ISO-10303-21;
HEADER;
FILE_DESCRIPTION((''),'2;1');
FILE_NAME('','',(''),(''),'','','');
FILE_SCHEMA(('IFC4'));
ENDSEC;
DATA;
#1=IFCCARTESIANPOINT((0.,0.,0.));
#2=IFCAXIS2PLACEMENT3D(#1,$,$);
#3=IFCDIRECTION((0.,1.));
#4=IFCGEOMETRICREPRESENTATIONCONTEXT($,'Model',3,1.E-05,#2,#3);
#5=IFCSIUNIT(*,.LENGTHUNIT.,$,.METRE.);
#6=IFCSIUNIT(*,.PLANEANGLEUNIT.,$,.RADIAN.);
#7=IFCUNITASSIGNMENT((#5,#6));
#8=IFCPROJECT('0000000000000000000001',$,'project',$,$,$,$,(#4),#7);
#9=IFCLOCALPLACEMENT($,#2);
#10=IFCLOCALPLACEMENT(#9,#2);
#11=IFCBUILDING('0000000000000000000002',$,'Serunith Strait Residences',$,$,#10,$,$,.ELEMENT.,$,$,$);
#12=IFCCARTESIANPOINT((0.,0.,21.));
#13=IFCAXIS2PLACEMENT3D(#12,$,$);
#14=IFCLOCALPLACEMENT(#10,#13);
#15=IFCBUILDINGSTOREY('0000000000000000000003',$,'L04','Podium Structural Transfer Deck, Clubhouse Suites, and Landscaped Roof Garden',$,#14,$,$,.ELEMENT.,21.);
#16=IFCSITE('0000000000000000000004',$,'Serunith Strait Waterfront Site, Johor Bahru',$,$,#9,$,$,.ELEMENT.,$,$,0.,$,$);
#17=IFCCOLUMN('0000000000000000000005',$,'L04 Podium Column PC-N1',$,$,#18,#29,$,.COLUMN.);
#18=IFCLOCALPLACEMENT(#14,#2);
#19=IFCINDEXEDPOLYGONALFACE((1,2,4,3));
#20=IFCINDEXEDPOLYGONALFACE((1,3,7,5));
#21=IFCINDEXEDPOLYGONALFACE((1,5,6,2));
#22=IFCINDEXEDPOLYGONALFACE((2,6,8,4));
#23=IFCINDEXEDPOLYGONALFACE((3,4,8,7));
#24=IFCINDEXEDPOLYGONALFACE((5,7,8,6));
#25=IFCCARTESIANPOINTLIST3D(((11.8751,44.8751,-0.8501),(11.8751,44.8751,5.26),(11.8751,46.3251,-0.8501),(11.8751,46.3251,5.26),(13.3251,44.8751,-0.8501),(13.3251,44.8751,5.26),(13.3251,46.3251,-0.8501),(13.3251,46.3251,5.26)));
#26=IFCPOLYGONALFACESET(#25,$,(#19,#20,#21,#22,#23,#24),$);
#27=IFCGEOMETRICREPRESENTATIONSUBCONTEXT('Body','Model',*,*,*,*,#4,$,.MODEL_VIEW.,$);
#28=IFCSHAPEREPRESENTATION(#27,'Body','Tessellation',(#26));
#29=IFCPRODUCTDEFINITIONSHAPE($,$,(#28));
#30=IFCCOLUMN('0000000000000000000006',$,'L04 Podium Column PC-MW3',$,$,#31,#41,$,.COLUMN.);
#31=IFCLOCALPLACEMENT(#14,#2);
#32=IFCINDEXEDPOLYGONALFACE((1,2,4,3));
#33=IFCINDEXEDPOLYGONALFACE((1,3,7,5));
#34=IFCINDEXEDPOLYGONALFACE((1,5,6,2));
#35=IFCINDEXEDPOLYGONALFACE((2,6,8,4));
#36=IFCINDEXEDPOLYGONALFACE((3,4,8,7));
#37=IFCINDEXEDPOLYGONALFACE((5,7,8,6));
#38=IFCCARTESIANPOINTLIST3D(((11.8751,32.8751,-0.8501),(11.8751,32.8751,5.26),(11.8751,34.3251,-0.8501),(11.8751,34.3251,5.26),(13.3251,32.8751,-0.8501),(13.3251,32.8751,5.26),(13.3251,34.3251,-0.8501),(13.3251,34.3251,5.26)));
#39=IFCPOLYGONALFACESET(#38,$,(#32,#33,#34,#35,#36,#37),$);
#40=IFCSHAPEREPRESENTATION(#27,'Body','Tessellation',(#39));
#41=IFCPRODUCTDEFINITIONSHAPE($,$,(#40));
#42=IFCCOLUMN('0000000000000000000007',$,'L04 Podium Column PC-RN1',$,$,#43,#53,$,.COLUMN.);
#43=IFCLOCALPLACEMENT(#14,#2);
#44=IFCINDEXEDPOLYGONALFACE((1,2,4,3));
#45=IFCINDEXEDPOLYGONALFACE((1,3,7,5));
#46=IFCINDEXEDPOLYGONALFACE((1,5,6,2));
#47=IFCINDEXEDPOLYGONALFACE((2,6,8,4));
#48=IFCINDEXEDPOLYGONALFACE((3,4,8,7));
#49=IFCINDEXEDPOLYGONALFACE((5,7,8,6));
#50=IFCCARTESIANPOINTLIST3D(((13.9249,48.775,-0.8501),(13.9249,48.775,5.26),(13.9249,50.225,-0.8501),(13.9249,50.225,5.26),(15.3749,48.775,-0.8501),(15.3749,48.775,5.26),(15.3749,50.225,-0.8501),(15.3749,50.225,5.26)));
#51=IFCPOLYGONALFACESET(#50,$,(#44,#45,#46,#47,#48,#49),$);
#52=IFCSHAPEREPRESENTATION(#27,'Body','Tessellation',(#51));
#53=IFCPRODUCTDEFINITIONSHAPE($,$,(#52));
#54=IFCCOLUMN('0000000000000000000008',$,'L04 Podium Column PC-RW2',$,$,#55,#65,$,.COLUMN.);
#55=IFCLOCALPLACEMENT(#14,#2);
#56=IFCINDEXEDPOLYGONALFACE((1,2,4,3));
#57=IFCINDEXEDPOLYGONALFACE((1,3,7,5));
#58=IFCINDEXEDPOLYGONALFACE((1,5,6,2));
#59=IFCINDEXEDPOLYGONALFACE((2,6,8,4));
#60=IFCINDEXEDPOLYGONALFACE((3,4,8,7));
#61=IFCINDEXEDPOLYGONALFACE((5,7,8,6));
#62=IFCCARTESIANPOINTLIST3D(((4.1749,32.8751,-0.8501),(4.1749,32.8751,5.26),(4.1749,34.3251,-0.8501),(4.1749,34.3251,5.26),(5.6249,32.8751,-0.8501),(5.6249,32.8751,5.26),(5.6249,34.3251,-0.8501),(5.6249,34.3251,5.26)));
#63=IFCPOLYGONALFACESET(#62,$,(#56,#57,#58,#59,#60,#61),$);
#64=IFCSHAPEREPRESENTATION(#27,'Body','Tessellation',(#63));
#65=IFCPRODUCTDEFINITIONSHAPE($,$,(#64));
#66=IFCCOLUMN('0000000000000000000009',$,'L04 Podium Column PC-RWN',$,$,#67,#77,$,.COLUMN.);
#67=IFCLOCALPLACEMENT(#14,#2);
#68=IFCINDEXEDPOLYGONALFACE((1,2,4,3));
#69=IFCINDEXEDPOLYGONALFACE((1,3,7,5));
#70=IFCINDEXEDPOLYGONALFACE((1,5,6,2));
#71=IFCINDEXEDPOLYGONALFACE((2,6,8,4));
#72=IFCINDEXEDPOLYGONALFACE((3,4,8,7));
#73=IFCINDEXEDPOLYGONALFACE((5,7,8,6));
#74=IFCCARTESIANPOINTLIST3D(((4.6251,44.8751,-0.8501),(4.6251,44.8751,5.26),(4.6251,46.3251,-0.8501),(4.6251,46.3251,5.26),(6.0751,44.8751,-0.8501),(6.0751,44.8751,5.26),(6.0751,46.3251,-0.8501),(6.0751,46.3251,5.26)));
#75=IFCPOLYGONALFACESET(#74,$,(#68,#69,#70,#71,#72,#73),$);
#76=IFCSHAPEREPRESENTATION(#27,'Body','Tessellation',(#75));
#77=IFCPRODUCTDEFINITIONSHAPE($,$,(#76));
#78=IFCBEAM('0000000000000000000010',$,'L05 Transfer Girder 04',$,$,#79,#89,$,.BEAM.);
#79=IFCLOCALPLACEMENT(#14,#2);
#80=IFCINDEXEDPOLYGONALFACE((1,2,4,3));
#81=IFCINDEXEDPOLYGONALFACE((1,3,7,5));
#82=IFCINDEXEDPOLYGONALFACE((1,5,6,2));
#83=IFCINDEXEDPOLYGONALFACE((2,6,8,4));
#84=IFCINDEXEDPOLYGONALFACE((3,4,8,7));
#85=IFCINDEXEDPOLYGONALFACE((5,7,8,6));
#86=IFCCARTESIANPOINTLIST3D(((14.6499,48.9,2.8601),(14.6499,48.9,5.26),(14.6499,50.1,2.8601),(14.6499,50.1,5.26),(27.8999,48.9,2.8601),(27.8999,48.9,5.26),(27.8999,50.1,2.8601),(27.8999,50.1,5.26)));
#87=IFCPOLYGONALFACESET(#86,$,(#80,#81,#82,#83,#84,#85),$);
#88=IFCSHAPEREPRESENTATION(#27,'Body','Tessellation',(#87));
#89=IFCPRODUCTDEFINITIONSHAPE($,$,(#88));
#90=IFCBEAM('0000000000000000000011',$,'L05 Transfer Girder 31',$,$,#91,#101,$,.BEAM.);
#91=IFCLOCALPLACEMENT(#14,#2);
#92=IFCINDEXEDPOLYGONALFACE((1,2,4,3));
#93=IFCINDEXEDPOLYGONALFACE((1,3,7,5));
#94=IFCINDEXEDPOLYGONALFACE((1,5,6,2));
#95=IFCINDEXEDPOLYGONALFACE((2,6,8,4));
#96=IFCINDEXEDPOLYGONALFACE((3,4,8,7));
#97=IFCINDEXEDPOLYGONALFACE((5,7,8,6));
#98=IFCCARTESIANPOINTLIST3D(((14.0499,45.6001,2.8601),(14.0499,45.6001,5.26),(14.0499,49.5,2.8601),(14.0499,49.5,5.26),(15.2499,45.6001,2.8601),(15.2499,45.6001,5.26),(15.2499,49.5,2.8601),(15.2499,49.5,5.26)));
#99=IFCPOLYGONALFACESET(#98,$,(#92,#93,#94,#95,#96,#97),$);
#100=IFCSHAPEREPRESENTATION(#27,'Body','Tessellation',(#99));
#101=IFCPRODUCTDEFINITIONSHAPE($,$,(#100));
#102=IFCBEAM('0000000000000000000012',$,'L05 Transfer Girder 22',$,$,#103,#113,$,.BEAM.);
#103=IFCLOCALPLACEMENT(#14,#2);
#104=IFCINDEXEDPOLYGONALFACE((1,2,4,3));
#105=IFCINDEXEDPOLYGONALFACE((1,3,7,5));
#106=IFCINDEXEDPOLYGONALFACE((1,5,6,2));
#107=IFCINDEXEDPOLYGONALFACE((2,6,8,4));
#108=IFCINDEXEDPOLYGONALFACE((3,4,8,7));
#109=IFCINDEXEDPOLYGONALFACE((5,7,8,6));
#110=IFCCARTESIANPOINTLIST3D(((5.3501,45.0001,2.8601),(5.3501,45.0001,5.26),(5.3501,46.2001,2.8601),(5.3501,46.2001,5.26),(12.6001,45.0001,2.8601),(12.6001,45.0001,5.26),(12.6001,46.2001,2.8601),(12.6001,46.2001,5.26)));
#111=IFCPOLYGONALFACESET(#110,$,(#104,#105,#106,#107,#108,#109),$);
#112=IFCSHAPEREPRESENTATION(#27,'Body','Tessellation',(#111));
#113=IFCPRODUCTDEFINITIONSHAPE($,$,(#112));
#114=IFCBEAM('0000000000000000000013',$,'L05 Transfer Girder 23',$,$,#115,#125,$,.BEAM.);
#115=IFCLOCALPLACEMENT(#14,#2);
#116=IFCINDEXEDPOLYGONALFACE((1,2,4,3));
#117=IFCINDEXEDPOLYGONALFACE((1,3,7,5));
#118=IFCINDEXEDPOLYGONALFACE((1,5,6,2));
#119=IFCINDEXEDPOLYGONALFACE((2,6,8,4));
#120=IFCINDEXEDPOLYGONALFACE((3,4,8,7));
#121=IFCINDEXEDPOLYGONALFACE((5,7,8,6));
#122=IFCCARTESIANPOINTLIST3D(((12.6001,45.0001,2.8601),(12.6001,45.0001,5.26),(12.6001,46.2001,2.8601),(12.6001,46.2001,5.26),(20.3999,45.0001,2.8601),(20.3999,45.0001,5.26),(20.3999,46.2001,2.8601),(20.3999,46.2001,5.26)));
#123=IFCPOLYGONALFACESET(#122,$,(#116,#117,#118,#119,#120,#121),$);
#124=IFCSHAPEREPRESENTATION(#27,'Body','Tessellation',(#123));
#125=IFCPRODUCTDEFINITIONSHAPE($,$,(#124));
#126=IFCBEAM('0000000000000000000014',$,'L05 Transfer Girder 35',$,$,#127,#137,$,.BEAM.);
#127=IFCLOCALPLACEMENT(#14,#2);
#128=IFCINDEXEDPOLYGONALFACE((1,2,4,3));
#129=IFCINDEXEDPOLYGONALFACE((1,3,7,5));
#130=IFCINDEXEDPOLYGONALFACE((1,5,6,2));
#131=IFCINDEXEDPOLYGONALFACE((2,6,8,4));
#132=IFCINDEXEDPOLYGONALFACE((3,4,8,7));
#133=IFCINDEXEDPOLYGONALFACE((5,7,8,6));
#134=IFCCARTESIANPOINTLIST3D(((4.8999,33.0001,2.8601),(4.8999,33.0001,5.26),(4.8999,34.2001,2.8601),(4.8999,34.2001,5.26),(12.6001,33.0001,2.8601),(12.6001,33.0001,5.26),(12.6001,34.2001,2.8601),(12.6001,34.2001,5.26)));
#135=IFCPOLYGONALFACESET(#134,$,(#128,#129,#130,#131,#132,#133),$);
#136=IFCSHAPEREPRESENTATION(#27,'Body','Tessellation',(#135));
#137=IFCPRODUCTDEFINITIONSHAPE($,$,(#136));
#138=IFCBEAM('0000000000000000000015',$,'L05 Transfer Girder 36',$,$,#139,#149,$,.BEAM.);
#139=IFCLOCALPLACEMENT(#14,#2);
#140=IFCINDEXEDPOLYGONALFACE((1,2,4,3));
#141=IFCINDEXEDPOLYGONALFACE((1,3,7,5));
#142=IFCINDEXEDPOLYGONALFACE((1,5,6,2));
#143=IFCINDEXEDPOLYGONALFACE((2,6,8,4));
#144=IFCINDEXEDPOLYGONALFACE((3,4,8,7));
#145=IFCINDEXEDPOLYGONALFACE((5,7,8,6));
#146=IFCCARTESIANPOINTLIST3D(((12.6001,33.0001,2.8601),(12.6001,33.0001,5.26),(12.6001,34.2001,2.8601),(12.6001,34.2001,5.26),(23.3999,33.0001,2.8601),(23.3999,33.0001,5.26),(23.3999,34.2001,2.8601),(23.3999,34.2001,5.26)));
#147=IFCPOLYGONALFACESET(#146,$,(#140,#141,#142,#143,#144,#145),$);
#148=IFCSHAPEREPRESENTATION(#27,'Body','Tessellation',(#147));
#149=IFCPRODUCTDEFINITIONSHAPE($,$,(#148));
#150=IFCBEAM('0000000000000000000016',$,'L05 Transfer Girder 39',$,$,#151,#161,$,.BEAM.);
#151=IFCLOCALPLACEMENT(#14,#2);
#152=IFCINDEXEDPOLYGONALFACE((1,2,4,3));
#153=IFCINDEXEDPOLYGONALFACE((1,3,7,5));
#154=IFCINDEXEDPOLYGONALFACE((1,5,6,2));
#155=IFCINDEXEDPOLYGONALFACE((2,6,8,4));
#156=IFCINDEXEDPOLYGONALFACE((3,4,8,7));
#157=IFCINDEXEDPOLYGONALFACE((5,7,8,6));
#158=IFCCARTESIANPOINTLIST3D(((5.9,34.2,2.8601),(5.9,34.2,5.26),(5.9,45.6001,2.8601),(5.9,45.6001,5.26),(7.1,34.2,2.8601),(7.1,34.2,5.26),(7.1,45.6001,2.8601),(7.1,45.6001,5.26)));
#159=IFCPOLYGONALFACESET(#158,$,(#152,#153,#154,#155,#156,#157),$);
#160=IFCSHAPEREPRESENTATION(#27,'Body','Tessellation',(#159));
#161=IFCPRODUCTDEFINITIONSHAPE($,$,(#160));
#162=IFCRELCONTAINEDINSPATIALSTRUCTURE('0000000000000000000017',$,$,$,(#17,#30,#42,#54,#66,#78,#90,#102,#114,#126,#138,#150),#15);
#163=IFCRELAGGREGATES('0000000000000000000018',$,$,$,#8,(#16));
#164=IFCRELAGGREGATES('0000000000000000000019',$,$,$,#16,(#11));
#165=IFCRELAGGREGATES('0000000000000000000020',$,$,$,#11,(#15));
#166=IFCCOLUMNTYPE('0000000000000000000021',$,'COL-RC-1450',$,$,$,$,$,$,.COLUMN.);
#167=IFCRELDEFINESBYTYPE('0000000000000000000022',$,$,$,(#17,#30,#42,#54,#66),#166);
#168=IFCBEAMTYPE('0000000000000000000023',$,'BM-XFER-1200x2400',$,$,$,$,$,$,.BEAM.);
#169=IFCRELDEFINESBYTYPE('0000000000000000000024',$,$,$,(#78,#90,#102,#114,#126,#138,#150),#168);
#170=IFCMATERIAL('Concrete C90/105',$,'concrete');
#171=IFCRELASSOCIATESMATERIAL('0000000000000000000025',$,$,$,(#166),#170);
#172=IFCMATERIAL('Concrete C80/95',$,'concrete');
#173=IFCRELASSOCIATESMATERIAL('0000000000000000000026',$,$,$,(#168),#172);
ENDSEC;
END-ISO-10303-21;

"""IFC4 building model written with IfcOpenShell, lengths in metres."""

from ifc_helpers import new_model, si_unit, direction, frame, origin, origin_2d, place, context, subcontext, project, spatial, rectangle, extrude, source, transform, mapped, material, material_profile, profile_set, type_object, element, save


model = new_model("IFC4")

# Units and contexts
model_context = context("Model", 3, precision=1e-05, world=origin(), true_north=direction((0.0, 1.0)))
body_context = subcontext(model_context, "Body", "Model", "MODEL_VIEW")
ifc_project = project(units=[si_unit("LENGTHUNIT", "METRE"), si_unit("PLANEANGLEUNIT", "RADIAN")], contexts=[model_context])

# Site, building, storey
site_placement = place(None, origin())
site = spatial("IfcSite", under=ifc_project, at=site_placement, Name="Serunith Strait Waterfront Site, Johor Bahru", CompositionType="ELEMENT", RefElevation=0.0)
building_placement = place(site_placement, origin())
building = spatial("IfcBuilding", under=site, at=building_placement, Name="Serunith Strait Residences", CompositionType="ELEMENT")
storey_placement = place(building_placement, frame((0.0, 0.0, 21.0)))
storey = spatial("IfcBuildingStorey", under=building, at=storey_placement, Name="L04", Description="Podium Structural Transfer Deck, Clubhouse Suites, and Landscaped Roof Garden", CompositionType="ELEMENT", Elevation=21.0)

# Columns
ifc_material_1 = material(Name="Concrete C90/105", Category="concrete")
ifc_material_profile_1 = material_profile(ifc_material_1, rectangle(XDim=1.45, YDim=1.45, at=origin_2d()), Name="RC 1450x1450")
ifc_profile_set_1 = profile_set([ifc_material_profile_1], Name="Concrete C90/105")
column_type = type_object("IfcColumnType", Name="COL-RC-1450", PredefinedType="COLUMN", material=ifc_profile_set_1)
shared_shape_1 = source(origin(), body_context, "Body", "SweptSolid", [
    extrude(rectangle(XDim=1.45, YDim=1.45, at=origin_2d()), origin(), (0.0, 0.0, 1.0), 6.1101),
])
for number, where, z_axis, x_axis, name in (
    (1, (12.6001, 45.6001, -0.8501), (0.0, 0.0, 1.0), (1.0, 0.0, 0.0), "L04 Podium Column PC-N1"),
    (2, (12.6001, 33.6001, -0.8501), (0.0, 0.0, 1.0), (1.0, 0.0, 0.0), "L04 Podium Column PC-MW3"),
    (3, (14.6499, 49.5, -0.8501), (0.0, 0.0, 1.0), (1.0, 0.0, 0.0), "L04 Podium Column PC-RN1"),
    (4, (4.8999, 33.6001, -0.8501), (0.0, 0.0, 1.0), (1.0, 0.0, 0.0), "L04 Podium Column PC-RW2"),
    (5, (5.3501, 45.6001, -0.8501), (0.0, 0.0, 1.0), (1.0, 0.0, 0.0), "L04 Podium Column PC-RWN"),
):
    element("IfcColumn", number, at=place(storey_placement, frame(where, z_axis=z_axis, x_axis=x_axis)), inside=storey, type_object=column_type, Name=name, PredefinedType="COLUMN", context=body_context, shape_type="MappedRepresentation", body=[
        mapped(shared_shape_1, transform((0.0, 0.0, 0.0), scale=1.0)),
    ])

# Beams
ifc_material_2 = material(Name="Concrete C80/95", Category="concrete")
ifc_material_profile_2 = material_profile(ifc_material_2, rectangle(XDim=1.2, YDim=2.3999, at=origin_2d()), Name="RC 1200x2400")
ifc_profile_set_2 = profile_set([ifc_material_profile_2], Name="Concrete C80/95")
beam_type = type_object("IfcBeamType", Name="BM-XFER-1200x2400", PredefinedType="BEAM", material=ifc_profile_set_2)
shared_shape_2 = source(origin(), body_context, "Body", "SweptSolid", [
    extrude(rectangle(XDim=1.2, YDim=2.3999, at=origin_2d()), origin(), (0.0, 0.0, 1.0), 13.25),
])
beam_1_placement = place(storey_placement, frame((14.6499, 49.5, 4.0601), z_axis=(1.0, 0.0, 0.0), x_axis=(0.0, 1.0, 0.0)))
element("IfcBeam", 6, at=beam_1_placement, inside=storey, type_object=beam_type, Name="L05 Transfer Girder 04", PredefinedType="BEAM", context=body_context, shape_type="MappedRepresentation", body=[
    mapped(shared_shape_2, transform((0.0, 0.0, 0.0), scale=1.0)),
])
shared_shape_3 = source(origin(), body_context, "Body", "SweptSolid", [
    extrude(rectangle(XDim=1.2, YDim=2.3999, at=origin_2d()), origin(), (0.0, 0.0, 1.0), 3.8999),
])
beam_2_placement = place(storey_placement, frame((14.6499, 45.6001, 4.0601), z_axis=(0.0, 1.0, 0.0), x_axis=(-1.0, 0.0, 0.0)))
element("IfcBeam", 7, at=beam_2_placement, inside=storey, type_object=beam_type, Name="L05 Transfer Girder 31", PredefinedType="BEAM", context=body_context, shape_type="MappedRepresentation", body=[
    mapped(shared_shape_3, transform((0.0, 0.0, 0.0), scale=1.0)),
])
shared_shape_4 = source(origin(), body_context, "Body", "SweptSolid", [
    extrude(rectangle(XDim=1.2, YDim=2.3999, at=origin_2d()), origin(), (0.0, 0.0, 1.0), 7.25),
])
beam_3_placement = place(storey_placement, frame((5.3501, 45.6001, 4.0601), z_axis=(1.0, 0.0, 0.0), x_axis=(0.0, 1.0, 0.0)))
element("IfcBeam", 8, at=beam_3_placement, inside=storey, type_object=beam_type, Name="L05 Transfer Girder 22", PredefinedType="BEAM", context=body_context, shape_type="MappedRepresentation", body=[
    mapped(shared_shape_4, transform((0.0, 0.0, 0.0), scale=1.0)),
])
shared_shape_5 = source(origin(), body_context, "Body", "SweptSolid", [
    extrude(rectangle(XDim=1.2, YDim=2.3999, at=origin_2d()), origin(), (0.0, 0.0, 1.0), 7.7998),
])
beam_4_placement = place(storey_placement, frame((12.6001, 45.6001, 4.0601), z_axis=(1.0, 0.0, 0.0), x_axis=(0.0, 1.0, 0.0)))
element("IfcBeam", 9, at=beam_4_placement, inside=storey, type_object=beam_type, Name="L05 Transfer Girder 23", PredefinedType="BEAM", context=body_context, shape_type="MappedRepresentation", body=[
    mapped(shared_shape_5, transform((0.0, 0.0, 0.0), scale=1.0)),
])
shared_shape_6 = source(origin(), body_context, "Body", "SweptSolid", [
    extrude(rectangle(XDim=1.2, YDim=2.3999, at=origin_2d()), origin(), (0.0, 0.0, 1.0), 7.7002),
])
beam_5_placement = place(storey_placement, frame((4.8999, 33.6001, 4.0601), z_axis=(1.0, 0.0, 0.0), x_axis=(0.0, 1.0, 0.0)))
element("IfcBeam", 10, at=beam_5_placement, inside=storey, type_object=beam_type, Name="L05 Transfer Girder 35", PredefinedType="BEAM", context=body_context, shape_type="MappedRepresentation", body=[
    mapped(shared_shape_6, transform((0.0, 0.0, 0.0), scale=1.0)),
])
shared_shape_7 = source(origin(), body_context, "Body", "SweptSolid", [
    extrude(rectangle(XDim=1.2, YDim=2.3999, at=origin_2d()), origin(), (0.0, 0.0, 1.0), 10.7998),
])
beam_6_placement = place(storey_placement, frame((12.6001, 33.6001, 4.0601), z_axis=(1.0, 0.0, 0.0), x_axis=(0.0, 1.0, 0.0)))
element("IfcBeam", 11, at=beam_6_placement, inside=storey, type_object=beam_type, Name="L05 Transfer Girder 36", PredefinedType="BEAM", context=body_context, shape_type="MappedRepresentation", body=[
    mapped(shared_shape_7, transform((0.0, 0.0, 0.0), scale=1.0)),
])
shared_shape_8 = source(origin(), body_context, "Body", "SweptSolid", [
    extrude(rectangle(XDim=1.2, YDim=2.3999, at=origin_2d()), origin(), (0.0, 0.0, 1.0), 11.4001),
])
beam_7_placement = place(storey_placement, frame((6.5, 34.2, 4.0601), z_axis=(0.0, 1.0, 0.0), x_axis=(-1.0, 0.0, 0.0)))
element("IfcBeam", 12, at=beam_7_placement, inside=storey, type_object=beam_type, Name="L05 Transfer Girder 39", PredefinedType="BEAM", context=body_context, shape_type="MappedRepresentation", body=[
    mapped(shared_shape_8, transform((0.0, 0.0, 0.0), scale=1.0)),
])

save(model, "model.ifc")
